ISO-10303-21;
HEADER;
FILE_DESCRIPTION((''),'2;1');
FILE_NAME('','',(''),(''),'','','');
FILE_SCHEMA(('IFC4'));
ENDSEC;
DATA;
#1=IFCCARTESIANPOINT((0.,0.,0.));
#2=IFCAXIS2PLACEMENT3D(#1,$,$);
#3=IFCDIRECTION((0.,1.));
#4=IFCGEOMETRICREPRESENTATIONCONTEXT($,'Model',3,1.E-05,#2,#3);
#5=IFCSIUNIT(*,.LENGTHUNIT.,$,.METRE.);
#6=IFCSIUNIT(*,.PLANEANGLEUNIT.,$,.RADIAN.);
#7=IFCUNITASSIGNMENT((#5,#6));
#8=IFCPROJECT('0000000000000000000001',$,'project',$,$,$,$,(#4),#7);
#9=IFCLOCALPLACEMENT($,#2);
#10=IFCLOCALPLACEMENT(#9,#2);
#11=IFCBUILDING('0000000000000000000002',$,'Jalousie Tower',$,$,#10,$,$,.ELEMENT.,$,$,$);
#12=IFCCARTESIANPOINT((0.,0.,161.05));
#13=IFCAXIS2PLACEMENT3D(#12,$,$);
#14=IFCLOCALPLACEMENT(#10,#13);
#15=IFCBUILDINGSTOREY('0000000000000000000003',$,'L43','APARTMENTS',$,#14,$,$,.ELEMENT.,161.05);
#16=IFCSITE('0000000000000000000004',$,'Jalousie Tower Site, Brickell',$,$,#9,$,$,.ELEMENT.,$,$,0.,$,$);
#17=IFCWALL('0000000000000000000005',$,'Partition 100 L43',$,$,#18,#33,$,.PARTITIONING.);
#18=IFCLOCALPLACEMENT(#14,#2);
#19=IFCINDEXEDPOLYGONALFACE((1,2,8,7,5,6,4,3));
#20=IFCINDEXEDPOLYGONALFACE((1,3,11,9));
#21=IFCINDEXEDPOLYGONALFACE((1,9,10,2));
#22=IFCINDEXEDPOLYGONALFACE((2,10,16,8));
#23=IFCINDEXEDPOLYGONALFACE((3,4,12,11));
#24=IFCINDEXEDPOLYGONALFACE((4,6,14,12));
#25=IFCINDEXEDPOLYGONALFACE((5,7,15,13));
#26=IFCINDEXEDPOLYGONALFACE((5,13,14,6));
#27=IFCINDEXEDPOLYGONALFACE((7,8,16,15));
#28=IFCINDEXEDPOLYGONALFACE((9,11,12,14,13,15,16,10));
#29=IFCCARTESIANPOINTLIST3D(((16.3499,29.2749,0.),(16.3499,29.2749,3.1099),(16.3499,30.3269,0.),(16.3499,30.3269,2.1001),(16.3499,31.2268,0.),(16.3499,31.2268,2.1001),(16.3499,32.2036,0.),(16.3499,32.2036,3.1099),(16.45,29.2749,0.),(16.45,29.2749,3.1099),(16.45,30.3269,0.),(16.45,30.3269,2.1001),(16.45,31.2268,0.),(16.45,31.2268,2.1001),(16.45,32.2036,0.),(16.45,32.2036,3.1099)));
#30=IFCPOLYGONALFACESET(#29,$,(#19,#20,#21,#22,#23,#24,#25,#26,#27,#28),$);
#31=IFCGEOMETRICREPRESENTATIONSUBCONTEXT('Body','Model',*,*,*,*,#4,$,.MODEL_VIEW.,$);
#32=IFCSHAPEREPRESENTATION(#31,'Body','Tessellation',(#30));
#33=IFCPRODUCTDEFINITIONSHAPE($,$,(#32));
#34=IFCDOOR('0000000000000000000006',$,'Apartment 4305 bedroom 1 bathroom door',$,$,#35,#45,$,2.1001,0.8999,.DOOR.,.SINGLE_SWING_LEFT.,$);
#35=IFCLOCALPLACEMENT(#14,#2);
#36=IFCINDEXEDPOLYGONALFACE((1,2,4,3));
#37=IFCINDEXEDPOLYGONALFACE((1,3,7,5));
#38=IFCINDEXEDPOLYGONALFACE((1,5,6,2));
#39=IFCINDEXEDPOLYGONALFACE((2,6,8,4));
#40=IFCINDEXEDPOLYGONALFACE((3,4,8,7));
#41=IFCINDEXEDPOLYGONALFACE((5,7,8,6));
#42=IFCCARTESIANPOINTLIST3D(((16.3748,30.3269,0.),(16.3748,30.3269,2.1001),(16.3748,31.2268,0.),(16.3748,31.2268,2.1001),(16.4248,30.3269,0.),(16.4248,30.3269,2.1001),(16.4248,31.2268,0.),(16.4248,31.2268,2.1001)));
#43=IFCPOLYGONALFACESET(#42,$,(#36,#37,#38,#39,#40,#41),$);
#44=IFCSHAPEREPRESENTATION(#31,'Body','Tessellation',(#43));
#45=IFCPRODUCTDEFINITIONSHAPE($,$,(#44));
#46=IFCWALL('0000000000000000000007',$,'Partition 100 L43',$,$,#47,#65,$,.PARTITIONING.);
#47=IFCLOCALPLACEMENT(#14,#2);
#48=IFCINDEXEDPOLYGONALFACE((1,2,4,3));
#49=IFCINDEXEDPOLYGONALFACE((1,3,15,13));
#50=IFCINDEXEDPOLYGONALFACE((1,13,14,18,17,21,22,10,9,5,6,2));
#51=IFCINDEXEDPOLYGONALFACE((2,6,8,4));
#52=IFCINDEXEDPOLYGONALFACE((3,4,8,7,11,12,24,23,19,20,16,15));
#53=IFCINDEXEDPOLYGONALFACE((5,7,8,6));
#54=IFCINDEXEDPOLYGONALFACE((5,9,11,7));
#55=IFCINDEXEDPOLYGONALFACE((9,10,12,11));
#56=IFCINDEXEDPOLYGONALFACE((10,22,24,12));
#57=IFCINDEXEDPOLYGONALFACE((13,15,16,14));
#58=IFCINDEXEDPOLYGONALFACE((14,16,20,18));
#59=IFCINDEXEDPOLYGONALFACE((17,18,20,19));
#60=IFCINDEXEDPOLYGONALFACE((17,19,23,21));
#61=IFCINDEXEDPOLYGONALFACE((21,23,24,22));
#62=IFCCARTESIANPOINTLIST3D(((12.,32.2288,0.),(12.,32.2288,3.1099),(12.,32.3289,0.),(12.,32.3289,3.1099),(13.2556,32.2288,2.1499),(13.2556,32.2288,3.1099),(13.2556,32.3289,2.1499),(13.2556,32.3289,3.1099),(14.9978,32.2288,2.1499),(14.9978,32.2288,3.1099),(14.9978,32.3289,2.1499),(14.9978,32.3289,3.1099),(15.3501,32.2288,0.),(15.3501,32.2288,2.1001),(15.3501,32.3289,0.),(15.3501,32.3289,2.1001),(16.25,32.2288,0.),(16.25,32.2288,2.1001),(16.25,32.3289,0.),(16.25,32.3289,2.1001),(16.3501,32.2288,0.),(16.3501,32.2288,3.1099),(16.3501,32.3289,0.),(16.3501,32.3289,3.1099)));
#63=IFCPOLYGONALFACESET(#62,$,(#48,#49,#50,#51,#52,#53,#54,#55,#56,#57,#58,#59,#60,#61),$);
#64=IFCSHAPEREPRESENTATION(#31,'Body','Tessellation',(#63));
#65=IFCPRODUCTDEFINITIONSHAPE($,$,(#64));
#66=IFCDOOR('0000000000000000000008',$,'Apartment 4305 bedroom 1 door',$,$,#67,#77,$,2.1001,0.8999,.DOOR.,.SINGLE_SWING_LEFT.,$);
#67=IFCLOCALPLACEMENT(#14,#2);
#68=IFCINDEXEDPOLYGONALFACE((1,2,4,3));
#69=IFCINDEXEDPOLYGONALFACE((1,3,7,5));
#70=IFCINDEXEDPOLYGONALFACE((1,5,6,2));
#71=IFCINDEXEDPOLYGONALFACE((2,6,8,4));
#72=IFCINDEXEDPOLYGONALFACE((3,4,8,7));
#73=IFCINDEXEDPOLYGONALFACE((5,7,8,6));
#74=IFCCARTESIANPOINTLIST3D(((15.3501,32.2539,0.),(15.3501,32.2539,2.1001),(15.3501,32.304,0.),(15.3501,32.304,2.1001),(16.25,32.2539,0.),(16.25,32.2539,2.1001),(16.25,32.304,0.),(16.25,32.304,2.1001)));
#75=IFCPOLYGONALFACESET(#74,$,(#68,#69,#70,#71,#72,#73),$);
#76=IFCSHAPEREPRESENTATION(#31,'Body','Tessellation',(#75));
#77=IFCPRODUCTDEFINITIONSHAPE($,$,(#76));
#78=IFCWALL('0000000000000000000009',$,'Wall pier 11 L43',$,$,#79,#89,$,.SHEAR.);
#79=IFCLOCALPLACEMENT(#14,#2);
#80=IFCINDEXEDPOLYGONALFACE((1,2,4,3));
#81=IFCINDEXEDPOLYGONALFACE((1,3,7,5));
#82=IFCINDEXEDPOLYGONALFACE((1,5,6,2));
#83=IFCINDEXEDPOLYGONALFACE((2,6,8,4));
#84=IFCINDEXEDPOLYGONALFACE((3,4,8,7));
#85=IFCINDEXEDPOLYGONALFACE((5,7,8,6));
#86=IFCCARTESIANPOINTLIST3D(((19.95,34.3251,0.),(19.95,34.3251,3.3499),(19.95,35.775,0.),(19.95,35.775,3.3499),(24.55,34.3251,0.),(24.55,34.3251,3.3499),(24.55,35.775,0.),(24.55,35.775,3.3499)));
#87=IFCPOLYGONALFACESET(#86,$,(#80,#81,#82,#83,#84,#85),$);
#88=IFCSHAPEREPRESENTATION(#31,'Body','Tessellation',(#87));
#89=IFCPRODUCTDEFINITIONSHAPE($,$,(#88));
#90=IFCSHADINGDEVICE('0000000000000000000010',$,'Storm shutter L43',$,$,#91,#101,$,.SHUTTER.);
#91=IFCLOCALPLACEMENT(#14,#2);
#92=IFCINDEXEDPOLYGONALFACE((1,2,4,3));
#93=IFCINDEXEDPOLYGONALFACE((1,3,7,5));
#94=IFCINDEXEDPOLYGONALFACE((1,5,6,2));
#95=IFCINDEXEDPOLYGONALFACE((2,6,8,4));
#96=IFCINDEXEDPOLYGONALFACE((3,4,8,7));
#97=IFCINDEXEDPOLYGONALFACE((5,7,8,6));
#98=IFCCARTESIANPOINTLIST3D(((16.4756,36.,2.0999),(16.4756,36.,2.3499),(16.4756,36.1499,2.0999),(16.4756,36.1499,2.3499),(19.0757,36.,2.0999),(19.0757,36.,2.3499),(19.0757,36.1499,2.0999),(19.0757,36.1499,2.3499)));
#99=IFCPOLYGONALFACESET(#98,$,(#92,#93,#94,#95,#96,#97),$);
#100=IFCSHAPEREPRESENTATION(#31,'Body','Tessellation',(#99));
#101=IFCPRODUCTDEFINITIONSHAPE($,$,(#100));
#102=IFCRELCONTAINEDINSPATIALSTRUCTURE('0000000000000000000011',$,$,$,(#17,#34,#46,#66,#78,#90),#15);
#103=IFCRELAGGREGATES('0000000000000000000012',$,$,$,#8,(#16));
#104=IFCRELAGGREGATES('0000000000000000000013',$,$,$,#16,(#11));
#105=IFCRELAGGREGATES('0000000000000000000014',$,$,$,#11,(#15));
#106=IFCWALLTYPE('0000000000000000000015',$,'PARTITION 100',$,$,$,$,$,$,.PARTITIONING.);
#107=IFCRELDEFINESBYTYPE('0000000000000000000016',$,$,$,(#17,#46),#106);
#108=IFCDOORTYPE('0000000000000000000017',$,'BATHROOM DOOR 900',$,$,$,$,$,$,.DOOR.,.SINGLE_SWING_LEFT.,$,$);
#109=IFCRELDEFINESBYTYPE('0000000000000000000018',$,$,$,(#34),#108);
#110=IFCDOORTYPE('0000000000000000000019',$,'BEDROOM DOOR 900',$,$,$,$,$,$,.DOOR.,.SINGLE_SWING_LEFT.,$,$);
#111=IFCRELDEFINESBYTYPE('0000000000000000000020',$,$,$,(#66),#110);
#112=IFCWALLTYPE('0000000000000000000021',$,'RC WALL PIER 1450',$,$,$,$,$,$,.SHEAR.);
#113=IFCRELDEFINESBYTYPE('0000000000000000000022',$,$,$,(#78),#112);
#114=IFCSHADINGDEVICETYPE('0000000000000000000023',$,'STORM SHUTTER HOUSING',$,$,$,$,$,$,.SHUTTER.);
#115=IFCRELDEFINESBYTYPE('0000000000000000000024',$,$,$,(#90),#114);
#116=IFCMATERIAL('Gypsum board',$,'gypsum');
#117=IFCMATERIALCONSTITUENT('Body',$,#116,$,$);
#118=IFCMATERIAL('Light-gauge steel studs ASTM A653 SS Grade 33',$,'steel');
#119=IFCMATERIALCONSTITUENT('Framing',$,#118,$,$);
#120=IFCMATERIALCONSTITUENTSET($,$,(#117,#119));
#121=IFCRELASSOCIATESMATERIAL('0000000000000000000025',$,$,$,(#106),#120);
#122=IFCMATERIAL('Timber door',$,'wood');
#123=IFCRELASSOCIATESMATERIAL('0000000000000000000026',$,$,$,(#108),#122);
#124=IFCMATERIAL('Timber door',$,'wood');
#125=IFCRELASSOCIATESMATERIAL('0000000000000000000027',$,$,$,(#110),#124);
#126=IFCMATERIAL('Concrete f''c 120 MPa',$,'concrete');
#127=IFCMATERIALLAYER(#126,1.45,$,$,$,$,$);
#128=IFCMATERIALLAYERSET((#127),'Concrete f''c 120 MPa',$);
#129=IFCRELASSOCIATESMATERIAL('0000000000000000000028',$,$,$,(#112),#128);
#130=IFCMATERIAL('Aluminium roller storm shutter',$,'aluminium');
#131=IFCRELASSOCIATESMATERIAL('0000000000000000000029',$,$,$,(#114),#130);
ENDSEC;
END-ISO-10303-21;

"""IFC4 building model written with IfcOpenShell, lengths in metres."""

from ifc_helpers import new_model, si_unit, direction, frame, frame_2d, origin, origin_2d, place, context, subcontext, project, spatial, polyline, rectangle, outline, extrude, material, layer, layer_set, constituent, constituent_set, type_object, element, fill, save


model = new_model("IFC4")

# Units and contexts
model_context = context("Model", 3, precision=1e-05, world=origin(), true_north=direction((0.0, 1.0)))
body_context = subcontext(model_context, "Body", "Model", "MODEL_VIEW")
ifc_project = project(units=[si_unit("LENGTHUNIT", "METRE"), si_unit("PLANEANGLEUNIT", "RADIAN")], contexts=[model_context])

# Site, building, storey
site_placement = place(None, origin())
site = spatial("IfcSite", under=ifc_project, at=site_placement, Name="Jalousie Tower Site, Brickell", CompositionType="ELEMENT", RefElevation=0.0)
building_placement = place(site_placement, origin())
building = spatial("IfcBuilding", under=site, at=building_placement, Name="Jalousie Tower", CompositionType="ELEMENT")
storey_placement = place(building_placement, frame((0.0, 0.0, 161.05)))
storey = spatial("IfcBuildingStorey", under=building, at=storey_placement, Name="L43", Description="APARTMENTS", CompositionType="ELEMENT", Elevation=161.05)

# Walls, openings, doors
ifc_material_1 = material(Name="Gypsum board", Category="gypsum")
ifc_constituent_1 = constituent(ifc_material_1, Name="Body")
ifc_material_2 = material(Name="Light-gauge steel studs ASTM A653 SS Grade 33", Category="steel")
ifc_constituent_2 = constituent(ifc_material_2, Name="Framing")
ifc_constituent_set_1 = constituent_set(constituents=[ifc_constituent_1, ifc_constituent_2])
wall_type_1 = type_object("IfcWallType", Name="PARTITION 100", PredefinedType="PARTITIONING", material=ifc_constituent_set_1)
wall_1_placement = place(storey_placement, frame((16.3999, 32.2036, 0.0), z_axis=(0.0, 0.0, 1.0), x_axis=(0.0, -1.0, 0.0)))
wall_1 = element("IfcWall", 1, at=wall_1_placement, inside=storey, type_object=wall_type_1, Name="Partition 100 L43", PredefinedType="PARTITIONING", context=body_context, shape_type="SweptSolid", body=[
    extrude(rectangle(XDim=2.9287, YDim=0.1001, at=frame_2d((1.4644, 0.0))), origin(), (0.0, 0.0, 1.0), 3.1099),
])
opening_1_placement = place(wall_1_placement, frame((0.9768, 0.0, 0.0)))
opening_1 = element("IfcOpeningElement", 2, at=opening_1_placement, cuts=wall_1, PredefinedType="OPENING", context=body_context, shape_type="SweptSolid", body=[
    extrude(rectangle(XDim=0.8999, YDim=2.1001, at=frame_2d((0.45, 1.05))), frame((0.0, 0.0601, 0.0), z_axis=(0.0, -1.0, 0.0), x_axis=(1.0, 0.0, 0.0)), (0.0, 0.0, 1.0), 0.1201),
])
ifc_material_3 = material(Name="Timber door", Category="wood")
door_type_1 = type_object("IfcDoorType", Name="BATHROOM DOOR 900", OperationType="SINGLE_SWING_LEFT", PredefinedType="DOOR", material=ifc_material_3)
door_1_placement = place(opening_1_placement, origin())
door_1 = element("IfcDoor", 3, at=door_1_placement, inside=storey, type_object=door_type_1, Name="Apartment 4305 bedroom 1 bathroom door", OperationType="SINGLE_SWING_LEFT", OverallHeight=2.1001, OverallWidth=0.8999, PredefinedType="DOOR", context=body_context, shape_type="SweptSolid", body=[
    extrude(rectangle(XDim=0.8999, YDim=2.1001, at=frame_2d((0.45, 1.05))), frame((0.0, 0.0249, 0.0), z_axis=(0.0, -1.0, 0.0), x_axis=(1.0, 0.0, 0.0)), (0.0, 0.0, 1.0), 0.05),
])
fill(opening_1, door_1)
wall_2_placement = place(storey_placement, frame((16.3501, 32.2788, 0.0), z_axis=(0.0, 0.0, 1.0), x_axis=(-1.0, 0.0, 0.0)))
wall_2 = element("IfcWall", 4, at=wall_2_placement, inside=storey, type_object=wall_type_1, Name="Partition 100 L43", PredefinedType="PARTITIONING", context=body_context, shape_type="SweptSolid", body=[
    extrude(outline(polyline([(0.0, 0.0), (4.3501, 0.0), (4.3501, 3.1099), (3.0945, 3.1099), (3.0945, 2.1499), (1.3523, 2.1499), (1.3523, 3.1099), (0.0, 3.1099), (0.0, 0.0)])), frame((0.0, 0.05, 0.0), z_axis=(0.0, -1.0, 0.0), x_axis=(1.0, 0.0, 0.0)), (0.0, 0.0, 1.0), 0.1001),
])
opening_2_placement = place(wall_2_placement, frame((0.1001, 0.0, 0.0)))
opening_2 = element("IfcOpeningElement", 5, at=opening_2_placement, cuts=wall_2, PredefinedType="OPENING", context=body_context, shape_type="SweptSolid", body=[
    extrude(rectangle(XDim=0.8999, YDim=2.1001, at=frame_2d((0.45, 1.05))), frame((0.0, 0.0601, 0.0), z_axis=(0.0, -1.0, 0.0), x_axis=(1.0, 0.0, 0.0)), (0.0, 0.0, 1.0), 0.1201),
])
ifc_material_4 = material(Name="Timber door", Category="wood")
door_type_2 = type_object("IfcDoorType", Name="BEDROOM DOOR 900", OperationType="SINGLE_SWING_LEFT", PredefinedType="DOOR", material=ifc_material_4)
door_2_placement = place(opening_2_placement, origin())
door_2 = element("IfcDoor", 6, at=door_2_placement, inside=storey, type_object=door_type_2, Name="Apartment 4305 bedroom 1 door", OperationType="SINGLE_SWING_LEFT", OverallHeight=2.1001, OverallWidth=0.8999, PredefinedType="DOOR", context=body_context, shape_type="SweptSolid", body=[
    extrude(rectangle(XDim=0.8999, YDim=2.1001, at=frame_2d((0.45, 1.05))), frame((0.0, 0.0249, 0.0), z_axis=(0.0, -1.0, 0.0), x_axis=(1.0, 0.0, 0.0)), (0.0, 0.0, 1.0), 0.05),
])
fill(opening_2, door_2)

# Wall
ifc_material_5 = material(Name="Concrete f'c 120 MPa", Category="concrete")
ifc_layer = layer(ifc_material_5, 1.45)
ifc_layer_set = layer_set([ifc_layer], Name="Concrete f'c 120 MPa")
wall_type_2 = type_object("IfcWallType", Name="RC WALL PIER 1450", PredefinedType="SHEAR", material=ifc_layer_set)
wall_3_placement = place(storey_placement, frame((19.95, 35.05, 0.0), z_axis=(0.0, 0.0, 1.0), x_axis=(1.0, 0.0, 0.0)))
element("IfcWall", 7, at=wall_3_placement, inside=storey, type_object=wall_type_2, Name="Wall pier 11 L43", PredefinedType="SHEAR", context=body_context, shape_type="SweptSolid", body=[
    extrude(rectangle(XDim=4.6001, YDim=1.45, at=frame_2d((2.3, 0.0))), origin(), (0.0, 0.0, 1.0), 3.3499),
])

# Shading device
ifc_material_6 = material(Name="Aluminium roller storm shutter", Category="aluminium")
shading_device_type = type_object("IfcShadingDeviceType", Name="STORM SHUTTER HOUSING", PredefinedType="SHUTTER", material=ifc_material_6)
shading_device_placement = place(storey_placement, frame((17.7756, 36.075, 2.0999), z_axis=(0.0, 0.0, 1.0), x_axis=(-1.0, 0.0, 0.0)))
element("IfcShadingDevice", 8, at=shading_device_placement, inside=storey, type_object=shading_device_type, Name="Storm shutter L43", PredefinedType="SHUTTER", context=body_context, shape_type="SweptSolid", body=[
    extrude(rectangle(XDim=2.6001, YDim=0.1499, at=origin_2d()), origin(), (0.0, 0.0, 1.0), 0.25),
])

save(model, "model.ifc")
